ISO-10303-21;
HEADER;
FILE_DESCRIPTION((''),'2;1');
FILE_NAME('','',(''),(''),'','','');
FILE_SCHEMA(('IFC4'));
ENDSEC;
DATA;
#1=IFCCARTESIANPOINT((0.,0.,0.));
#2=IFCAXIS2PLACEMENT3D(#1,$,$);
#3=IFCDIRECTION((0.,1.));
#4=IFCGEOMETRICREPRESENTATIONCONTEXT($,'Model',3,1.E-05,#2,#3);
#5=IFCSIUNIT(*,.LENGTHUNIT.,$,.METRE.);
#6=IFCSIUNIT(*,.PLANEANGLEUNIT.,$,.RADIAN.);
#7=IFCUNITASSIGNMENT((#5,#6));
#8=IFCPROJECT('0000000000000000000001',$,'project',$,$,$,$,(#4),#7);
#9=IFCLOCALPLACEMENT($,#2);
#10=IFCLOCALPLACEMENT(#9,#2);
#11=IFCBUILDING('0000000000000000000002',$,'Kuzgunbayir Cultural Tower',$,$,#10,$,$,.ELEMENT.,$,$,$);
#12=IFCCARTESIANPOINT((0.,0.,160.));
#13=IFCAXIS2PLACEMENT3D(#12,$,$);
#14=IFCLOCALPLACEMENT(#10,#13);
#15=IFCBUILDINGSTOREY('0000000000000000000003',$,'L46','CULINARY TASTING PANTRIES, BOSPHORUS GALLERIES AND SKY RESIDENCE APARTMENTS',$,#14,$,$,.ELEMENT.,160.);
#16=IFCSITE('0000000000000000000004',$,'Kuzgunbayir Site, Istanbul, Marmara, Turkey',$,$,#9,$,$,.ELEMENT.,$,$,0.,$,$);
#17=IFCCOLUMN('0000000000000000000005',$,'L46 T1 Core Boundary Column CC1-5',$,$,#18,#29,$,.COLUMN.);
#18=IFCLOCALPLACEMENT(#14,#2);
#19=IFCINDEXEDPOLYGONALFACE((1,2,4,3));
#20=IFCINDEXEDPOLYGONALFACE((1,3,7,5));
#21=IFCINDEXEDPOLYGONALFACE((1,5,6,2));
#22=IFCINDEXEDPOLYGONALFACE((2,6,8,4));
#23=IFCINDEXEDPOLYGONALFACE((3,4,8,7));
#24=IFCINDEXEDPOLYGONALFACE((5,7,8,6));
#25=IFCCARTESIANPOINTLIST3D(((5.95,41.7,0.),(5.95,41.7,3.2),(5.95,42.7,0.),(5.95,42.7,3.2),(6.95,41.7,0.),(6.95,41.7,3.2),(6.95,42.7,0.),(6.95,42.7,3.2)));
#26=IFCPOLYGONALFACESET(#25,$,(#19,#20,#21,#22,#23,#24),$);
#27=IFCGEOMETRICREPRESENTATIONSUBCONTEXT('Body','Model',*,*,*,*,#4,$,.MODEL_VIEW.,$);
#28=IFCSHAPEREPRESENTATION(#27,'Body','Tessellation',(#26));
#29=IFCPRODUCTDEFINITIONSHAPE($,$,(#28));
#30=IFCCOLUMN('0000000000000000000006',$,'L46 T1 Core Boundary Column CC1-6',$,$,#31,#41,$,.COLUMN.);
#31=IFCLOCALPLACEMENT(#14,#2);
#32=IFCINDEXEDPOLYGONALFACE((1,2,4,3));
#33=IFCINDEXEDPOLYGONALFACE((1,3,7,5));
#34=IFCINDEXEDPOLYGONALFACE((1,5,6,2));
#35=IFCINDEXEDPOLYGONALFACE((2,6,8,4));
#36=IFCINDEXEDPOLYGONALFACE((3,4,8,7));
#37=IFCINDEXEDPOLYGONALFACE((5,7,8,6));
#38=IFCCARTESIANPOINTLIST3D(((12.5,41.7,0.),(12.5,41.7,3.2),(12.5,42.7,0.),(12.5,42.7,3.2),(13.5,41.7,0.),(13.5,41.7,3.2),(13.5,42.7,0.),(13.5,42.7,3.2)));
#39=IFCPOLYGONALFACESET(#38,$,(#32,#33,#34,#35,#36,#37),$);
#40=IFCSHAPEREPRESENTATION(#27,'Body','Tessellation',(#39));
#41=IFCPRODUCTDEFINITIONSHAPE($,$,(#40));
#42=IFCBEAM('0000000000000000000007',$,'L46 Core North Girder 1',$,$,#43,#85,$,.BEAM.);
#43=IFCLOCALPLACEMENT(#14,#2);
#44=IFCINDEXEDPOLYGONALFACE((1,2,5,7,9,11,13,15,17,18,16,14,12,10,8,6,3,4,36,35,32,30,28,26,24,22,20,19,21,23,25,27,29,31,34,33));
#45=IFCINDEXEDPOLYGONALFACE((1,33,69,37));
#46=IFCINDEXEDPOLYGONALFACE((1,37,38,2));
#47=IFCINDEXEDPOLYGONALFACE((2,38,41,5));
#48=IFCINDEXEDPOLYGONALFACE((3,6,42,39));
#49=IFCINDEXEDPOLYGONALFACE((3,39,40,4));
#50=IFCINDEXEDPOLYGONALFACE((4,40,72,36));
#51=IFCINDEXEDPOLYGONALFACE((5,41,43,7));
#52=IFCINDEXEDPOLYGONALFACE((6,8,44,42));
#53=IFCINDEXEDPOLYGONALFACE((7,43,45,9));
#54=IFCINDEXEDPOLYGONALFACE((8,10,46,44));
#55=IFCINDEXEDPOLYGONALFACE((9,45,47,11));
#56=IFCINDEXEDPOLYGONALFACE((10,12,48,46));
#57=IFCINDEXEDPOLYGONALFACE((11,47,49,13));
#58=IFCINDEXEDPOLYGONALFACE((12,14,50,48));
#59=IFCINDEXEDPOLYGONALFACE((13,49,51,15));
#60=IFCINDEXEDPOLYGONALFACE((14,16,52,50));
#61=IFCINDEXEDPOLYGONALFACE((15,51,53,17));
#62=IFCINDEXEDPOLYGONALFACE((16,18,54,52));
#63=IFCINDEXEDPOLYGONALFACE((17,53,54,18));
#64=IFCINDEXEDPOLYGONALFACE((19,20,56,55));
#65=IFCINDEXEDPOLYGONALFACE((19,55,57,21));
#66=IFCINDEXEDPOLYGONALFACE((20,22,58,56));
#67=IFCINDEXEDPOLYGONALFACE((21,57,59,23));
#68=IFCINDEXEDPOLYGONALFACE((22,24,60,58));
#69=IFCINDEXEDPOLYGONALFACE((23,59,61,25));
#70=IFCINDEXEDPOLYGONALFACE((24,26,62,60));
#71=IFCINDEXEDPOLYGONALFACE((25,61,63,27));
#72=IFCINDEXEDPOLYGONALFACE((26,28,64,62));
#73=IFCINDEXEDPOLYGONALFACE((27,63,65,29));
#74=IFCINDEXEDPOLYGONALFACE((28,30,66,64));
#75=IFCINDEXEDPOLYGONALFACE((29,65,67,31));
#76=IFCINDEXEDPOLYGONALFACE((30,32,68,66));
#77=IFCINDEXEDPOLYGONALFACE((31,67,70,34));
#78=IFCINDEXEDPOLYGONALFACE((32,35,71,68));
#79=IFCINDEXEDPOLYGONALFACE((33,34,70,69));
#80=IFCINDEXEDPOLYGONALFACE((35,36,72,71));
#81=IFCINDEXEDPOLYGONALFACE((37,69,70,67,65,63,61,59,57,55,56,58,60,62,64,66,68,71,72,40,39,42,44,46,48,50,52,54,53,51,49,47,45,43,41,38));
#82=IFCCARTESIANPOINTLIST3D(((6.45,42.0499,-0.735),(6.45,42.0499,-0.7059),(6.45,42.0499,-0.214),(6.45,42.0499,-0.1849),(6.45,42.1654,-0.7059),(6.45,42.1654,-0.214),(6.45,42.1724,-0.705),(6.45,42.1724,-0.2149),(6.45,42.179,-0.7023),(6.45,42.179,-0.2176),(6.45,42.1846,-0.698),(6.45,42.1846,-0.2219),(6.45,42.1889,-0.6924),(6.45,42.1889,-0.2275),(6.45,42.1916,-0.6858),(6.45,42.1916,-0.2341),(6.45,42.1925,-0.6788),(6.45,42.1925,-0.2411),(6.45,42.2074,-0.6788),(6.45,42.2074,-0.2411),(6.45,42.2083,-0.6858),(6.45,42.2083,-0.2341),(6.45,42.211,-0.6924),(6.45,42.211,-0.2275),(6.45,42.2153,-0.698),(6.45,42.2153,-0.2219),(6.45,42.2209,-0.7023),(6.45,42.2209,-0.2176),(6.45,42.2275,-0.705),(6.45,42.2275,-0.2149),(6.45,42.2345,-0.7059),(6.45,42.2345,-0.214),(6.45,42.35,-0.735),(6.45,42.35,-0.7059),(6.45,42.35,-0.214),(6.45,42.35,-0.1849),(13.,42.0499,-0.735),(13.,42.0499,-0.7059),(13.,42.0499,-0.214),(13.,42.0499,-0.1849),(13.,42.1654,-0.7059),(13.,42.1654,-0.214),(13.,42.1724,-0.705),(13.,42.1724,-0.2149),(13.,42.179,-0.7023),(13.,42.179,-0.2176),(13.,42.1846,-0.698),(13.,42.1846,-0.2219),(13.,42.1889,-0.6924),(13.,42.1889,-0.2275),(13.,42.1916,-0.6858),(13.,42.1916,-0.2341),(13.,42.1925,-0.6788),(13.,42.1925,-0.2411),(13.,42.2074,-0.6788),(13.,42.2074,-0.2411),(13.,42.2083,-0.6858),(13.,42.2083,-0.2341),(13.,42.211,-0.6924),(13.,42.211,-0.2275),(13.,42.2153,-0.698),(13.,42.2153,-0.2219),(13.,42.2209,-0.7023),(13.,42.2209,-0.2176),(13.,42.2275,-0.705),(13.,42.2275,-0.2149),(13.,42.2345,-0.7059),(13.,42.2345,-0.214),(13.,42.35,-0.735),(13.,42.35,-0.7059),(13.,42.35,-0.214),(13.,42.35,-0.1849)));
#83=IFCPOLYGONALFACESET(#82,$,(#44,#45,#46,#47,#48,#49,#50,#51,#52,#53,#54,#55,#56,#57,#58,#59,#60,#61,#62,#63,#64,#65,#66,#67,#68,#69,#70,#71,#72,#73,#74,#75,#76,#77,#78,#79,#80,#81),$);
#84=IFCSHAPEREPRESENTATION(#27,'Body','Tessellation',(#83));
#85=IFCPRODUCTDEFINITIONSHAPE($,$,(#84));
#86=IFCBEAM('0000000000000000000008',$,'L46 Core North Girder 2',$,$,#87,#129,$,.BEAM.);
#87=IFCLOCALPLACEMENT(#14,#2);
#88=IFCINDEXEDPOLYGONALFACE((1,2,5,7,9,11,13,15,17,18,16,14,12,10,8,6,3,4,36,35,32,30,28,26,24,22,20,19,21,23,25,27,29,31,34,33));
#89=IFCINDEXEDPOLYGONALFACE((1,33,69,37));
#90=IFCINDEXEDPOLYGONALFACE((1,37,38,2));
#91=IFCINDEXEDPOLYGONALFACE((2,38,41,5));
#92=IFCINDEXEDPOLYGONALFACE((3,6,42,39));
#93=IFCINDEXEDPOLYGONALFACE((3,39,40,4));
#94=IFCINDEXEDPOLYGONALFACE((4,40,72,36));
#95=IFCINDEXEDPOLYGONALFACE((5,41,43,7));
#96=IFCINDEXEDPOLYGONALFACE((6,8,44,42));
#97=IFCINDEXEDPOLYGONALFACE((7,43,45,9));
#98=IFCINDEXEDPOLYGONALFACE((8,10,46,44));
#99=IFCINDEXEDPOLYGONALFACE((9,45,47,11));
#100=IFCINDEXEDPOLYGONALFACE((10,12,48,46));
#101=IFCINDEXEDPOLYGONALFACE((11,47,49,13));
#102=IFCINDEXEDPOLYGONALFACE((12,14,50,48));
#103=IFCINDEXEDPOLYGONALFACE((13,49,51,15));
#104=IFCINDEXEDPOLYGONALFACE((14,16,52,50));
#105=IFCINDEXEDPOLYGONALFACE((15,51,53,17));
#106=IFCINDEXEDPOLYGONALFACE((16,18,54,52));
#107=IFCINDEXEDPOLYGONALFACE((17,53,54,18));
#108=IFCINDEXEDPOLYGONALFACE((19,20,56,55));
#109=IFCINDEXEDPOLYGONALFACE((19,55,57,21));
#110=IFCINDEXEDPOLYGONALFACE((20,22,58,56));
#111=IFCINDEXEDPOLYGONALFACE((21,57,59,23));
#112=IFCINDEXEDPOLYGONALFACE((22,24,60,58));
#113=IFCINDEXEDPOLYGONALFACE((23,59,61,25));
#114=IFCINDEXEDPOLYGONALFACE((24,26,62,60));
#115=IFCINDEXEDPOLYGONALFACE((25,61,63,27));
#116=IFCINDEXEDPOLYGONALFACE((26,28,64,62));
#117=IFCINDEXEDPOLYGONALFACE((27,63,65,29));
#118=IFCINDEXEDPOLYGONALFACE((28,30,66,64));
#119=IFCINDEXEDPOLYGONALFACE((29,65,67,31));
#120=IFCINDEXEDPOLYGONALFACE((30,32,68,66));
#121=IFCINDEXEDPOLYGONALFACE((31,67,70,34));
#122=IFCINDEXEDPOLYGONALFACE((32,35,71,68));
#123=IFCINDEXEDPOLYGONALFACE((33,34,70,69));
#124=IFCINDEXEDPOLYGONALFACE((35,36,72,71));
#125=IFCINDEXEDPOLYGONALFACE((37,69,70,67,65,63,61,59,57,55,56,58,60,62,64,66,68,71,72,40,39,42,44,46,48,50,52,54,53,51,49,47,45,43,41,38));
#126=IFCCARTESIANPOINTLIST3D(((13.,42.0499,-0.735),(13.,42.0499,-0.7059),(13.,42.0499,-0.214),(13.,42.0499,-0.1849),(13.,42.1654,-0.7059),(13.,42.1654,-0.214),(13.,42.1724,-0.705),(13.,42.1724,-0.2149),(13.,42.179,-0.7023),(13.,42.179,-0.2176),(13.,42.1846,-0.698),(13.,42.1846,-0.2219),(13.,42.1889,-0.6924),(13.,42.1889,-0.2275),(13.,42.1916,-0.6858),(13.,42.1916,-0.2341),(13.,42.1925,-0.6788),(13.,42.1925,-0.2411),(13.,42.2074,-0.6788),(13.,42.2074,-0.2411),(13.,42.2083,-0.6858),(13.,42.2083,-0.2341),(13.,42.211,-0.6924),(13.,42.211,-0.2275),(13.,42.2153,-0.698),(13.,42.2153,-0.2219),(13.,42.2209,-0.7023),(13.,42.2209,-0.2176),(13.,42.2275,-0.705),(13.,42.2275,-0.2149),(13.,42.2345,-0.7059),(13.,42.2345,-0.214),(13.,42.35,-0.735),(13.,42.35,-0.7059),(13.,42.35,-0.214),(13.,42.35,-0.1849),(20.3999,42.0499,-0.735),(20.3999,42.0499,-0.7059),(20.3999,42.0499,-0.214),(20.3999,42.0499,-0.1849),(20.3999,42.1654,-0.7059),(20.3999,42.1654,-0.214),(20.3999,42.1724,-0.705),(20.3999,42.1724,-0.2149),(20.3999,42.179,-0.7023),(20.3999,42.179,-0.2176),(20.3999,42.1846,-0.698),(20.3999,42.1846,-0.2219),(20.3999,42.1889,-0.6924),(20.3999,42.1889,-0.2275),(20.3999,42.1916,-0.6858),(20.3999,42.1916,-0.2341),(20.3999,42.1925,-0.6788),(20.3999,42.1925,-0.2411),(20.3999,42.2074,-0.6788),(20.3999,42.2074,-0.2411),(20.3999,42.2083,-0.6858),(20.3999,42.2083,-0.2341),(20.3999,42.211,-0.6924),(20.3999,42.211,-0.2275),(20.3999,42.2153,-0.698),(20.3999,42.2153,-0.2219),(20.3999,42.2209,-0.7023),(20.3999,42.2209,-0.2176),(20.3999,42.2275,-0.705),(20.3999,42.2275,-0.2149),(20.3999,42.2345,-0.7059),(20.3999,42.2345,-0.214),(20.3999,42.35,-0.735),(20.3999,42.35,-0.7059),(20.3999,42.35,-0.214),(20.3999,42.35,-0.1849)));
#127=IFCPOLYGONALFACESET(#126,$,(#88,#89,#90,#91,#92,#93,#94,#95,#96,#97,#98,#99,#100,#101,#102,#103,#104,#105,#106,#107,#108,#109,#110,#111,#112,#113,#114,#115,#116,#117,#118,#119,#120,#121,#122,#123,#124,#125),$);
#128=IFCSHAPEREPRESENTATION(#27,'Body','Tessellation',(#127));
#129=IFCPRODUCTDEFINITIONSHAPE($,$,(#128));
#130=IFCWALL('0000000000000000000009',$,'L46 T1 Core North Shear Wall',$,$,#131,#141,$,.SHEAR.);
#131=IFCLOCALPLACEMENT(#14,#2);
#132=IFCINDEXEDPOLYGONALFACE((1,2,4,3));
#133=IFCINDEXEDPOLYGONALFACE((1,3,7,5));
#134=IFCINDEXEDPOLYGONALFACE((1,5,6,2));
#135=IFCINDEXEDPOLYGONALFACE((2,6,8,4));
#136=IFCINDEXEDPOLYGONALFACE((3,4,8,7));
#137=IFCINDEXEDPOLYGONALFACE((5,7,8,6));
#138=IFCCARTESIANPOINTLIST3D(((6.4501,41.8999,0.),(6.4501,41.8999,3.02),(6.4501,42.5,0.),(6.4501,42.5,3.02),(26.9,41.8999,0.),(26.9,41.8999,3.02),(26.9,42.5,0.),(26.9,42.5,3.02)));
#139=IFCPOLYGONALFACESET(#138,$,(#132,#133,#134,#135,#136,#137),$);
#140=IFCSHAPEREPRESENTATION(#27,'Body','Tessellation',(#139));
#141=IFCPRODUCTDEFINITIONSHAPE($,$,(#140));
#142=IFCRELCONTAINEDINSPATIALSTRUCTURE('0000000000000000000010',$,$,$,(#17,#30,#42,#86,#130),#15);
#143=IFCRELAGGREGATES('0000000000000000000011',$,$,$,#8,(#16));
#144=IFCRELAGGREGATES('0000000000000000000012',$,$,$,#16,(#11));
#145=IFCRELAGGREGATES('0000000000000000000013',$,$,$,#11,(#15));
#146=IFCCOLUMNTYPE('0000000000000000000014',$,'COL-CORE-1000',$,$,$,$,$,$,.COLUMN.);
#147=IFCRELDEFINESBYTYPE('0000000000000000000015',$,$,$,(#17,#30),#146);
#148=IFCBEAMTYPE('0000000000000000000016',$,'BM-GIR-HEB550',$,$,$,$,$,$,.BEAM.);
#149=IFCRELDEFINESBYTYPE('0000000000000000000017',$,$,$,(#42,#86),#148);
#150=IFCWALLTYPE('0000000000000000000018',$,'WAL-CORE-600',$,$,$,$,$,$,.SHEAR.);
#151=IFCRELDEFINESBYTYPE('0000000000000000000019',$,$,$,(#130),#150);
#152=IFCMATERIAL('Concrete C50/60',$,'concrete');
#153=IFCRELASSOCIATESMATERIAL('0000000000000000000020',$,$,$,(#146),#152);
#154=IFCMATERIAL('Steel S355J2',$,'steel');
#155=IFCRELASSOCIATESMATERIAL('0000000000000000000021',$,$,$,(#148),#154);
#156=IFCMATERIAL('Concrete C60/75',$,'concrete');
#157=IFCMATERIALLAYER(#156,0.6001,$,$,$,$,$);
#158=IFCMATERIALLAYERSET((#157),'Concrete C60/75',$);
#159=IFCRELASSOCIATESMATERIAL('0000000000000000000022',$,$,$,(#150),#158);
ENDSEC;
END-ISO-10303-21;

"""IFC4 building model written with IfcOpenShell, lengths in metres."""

from ifc_helpers import new_model, si_unit, direction, frame, frame_2d, origin, origin_2d, place, context, subcontext, project, spatial, rectangle, i_section, extrude, material, layer, layer_set, material_profile, profile_set, type_object, element, save


model = new_model("IFC4")

# Units and contexts
model_context = context("Model", 3, precision=1e-05, world=origin(), true_north=direction((0.0, 1.0)))
body_context = subcontext(model_context, "Body", "Model", "MODEL_VIEW")
ifc_project = project(units=[si_unit("LENGTHUNIT", "METRE"), si_unit("PLANEANGLEUNIT", "RADIAN")], contexts=[model_context])

# Site, building, storey
site_placement = place(None, origin())
site = spatial("IfcSite", under=ifc_project, at=site_placement, Name="Kuzgunbayir Site, Istanbul, Marmara, Turkey", CompositionType="ELEMENT", RefElevation=0.0)
building_placement = place(site_placement, origin())
building = spatial("IfcBuilding", under=site, at=building_placement, Name="Kuzgunbayir Cultural Tower", CompositionType="ELEMENT")
storey_placement = place(building_placement, frame((0.0, 0.0, 160.0)))
storey = spatial("IfcBuildingStorey", under=building, at=storey_placement, Name="L46", Description="CULINARY TASTING PANTRIES, BOSPHORUS GALLERIES AND SKY RESIDENCE APARTMENTS", CompositionType="ELEMENT", Elevation=160.0)

# Columns
ifc_material_1 = material(Name="Concrete C50/60", Category="concrete")
ifc_material_profile_1 = material_profile(ifc_material_1, rectangle(XDim=1.0, YDim=1.0, at=origin_2d()), Name="RC 1000x1000")
ifc_profile_set_1 = profile_set([ifc_material_profile_1], Name="Concrete C50/60")
column_type = type_object("IfcColumnType", Name="COL-CORE-1000", PredefinedType="COLUMN", material=ifc_profile_set_1)
for number, where, z_axis, x_axis, name in (
    (1, (6.45, 42.2, 0.0), (0.0, 0.0, 1.0), (1.0, 0.0, 0.0), "L46 T1 Core Boundary Column CC1-5"),
    (2, (13.0, 42.2, 0.0), (0.0, 0.0, 1.0), (1.0, 0.0, 0.0), "L46 T1 Core Boundary Column CC1-6"),
):
    element("IfcColumn", number, at=place(storey_placement, frame(where, z_axis=z_axis, x_axis=x_axis)), inside=storey, type_object=column_type, Name=name, PredefinedType="COLUMN", context=body_context, shape_type="SweptSolid", body=[
        extrude(rectangle(XDim=1.0, YDim=1.0, at=origin_2d()), origin(), (0.0, 0.0, 1.0), 3.2),
    ])

# Beams
ifc_material_2 = material(Name="Steel S355J2", Category="steel")
ifc_material_profile_2 = material_profile(ifc_material_2, i_section(OverallWidth=0.3, OverallDepth=0.55, WebThickness=0.0149, FlangeThickness=0.0291, FilletRadius=0.0271, at=origin_2d()), Name="HEB 550")
ifc_profile_set_2 = profile_set([ifc_material_profile_2], Name="Steel S355J2")
beam_type = type_object("IfcBeamType", Name="BM-GIR-HEB550", PredefinedType="BEAM", material=ifc_profile_set_2)
beam_1_placement = place(storey_placement, frame((6.45, 42.2, -0.46), z_axis=(1.0, 0.0, 0.0), x_axis=(0.0, 1.0, 0.0)))
element("IfcBeam", 3, at=beam_1_placement, inside=storey, type_object=beam_type, Name="L46 Core North Girder 1", PredefinedType="BEAM", context=body_context, shape_type="SweptSolid", body=[
    extrude(i_section(OverallWidth=0.3, OverallDepth=0.55, WebThickness=0.0149, FlangeThickness=0.0291, FilletRadius=0.0271, at=origin_2d()), origin(), (0.0, 0.0, 1.0), 6.55),
])
beam_2_placement = place(storey_placement, frame((13.0, 42.2, -0.46), z_axis=(1.0, 0.0, 0.0), x_axis=(0.0, 1.0, 0.0)))
element("IfcBeam", 4, at=beam_2_placement, inside=storey, type_object=beam_type, Name="L46 Core North Girder 2", PredefinedType="BEAM", context=body_context, shape_type="SweptSolid", body=[
    extrude(i_section(OverallWidth=0.3, OverallDepth=0.55, WebThickness=0.0149, FlangeThickness=0.0291, FilletRadius=0.0271, at=origin_2d()), origin(), (0.0, 0.0, 1.0), 7.3999),
])

# Wall
ifc_material_3 = material(Name="Concrete C60/75", Category="concrete")
ifc_layer_1 = layer(ifc_material_3, 0.6001)
ifc_layer_set_1 = layer_set([ifc_layer_1], Name="Concrete C60/75")
wall_type_1 = type_object("IfcWallType", Name="WAL-CORE-600", PredefinedType="SHEAR", material=ifc_layer_set_1)
wall_1_placement = place(storey_placement, frame((6.45, 42.2, 0.0), z_axis=(0.0, 0.0, 1.0), x_axis=(1.0, 0.0, 0.0)))
element("IfcWall", 5, at=wall_1_placement, inside=storey, type_object=wall_type_1, Name="L46 T1 Core North Shear Wall", PredefinedType="SHEAR", context=body_context, shape_type="SweptSolid", body=[
    extrude(rectangle(XDim=20.45, YDim=0.6001, at=frame_2d((10.2251, 0.0))), origin(), (0.0, 0.0, 1.0), 3.02),
])

save(model, "model.ifc")
